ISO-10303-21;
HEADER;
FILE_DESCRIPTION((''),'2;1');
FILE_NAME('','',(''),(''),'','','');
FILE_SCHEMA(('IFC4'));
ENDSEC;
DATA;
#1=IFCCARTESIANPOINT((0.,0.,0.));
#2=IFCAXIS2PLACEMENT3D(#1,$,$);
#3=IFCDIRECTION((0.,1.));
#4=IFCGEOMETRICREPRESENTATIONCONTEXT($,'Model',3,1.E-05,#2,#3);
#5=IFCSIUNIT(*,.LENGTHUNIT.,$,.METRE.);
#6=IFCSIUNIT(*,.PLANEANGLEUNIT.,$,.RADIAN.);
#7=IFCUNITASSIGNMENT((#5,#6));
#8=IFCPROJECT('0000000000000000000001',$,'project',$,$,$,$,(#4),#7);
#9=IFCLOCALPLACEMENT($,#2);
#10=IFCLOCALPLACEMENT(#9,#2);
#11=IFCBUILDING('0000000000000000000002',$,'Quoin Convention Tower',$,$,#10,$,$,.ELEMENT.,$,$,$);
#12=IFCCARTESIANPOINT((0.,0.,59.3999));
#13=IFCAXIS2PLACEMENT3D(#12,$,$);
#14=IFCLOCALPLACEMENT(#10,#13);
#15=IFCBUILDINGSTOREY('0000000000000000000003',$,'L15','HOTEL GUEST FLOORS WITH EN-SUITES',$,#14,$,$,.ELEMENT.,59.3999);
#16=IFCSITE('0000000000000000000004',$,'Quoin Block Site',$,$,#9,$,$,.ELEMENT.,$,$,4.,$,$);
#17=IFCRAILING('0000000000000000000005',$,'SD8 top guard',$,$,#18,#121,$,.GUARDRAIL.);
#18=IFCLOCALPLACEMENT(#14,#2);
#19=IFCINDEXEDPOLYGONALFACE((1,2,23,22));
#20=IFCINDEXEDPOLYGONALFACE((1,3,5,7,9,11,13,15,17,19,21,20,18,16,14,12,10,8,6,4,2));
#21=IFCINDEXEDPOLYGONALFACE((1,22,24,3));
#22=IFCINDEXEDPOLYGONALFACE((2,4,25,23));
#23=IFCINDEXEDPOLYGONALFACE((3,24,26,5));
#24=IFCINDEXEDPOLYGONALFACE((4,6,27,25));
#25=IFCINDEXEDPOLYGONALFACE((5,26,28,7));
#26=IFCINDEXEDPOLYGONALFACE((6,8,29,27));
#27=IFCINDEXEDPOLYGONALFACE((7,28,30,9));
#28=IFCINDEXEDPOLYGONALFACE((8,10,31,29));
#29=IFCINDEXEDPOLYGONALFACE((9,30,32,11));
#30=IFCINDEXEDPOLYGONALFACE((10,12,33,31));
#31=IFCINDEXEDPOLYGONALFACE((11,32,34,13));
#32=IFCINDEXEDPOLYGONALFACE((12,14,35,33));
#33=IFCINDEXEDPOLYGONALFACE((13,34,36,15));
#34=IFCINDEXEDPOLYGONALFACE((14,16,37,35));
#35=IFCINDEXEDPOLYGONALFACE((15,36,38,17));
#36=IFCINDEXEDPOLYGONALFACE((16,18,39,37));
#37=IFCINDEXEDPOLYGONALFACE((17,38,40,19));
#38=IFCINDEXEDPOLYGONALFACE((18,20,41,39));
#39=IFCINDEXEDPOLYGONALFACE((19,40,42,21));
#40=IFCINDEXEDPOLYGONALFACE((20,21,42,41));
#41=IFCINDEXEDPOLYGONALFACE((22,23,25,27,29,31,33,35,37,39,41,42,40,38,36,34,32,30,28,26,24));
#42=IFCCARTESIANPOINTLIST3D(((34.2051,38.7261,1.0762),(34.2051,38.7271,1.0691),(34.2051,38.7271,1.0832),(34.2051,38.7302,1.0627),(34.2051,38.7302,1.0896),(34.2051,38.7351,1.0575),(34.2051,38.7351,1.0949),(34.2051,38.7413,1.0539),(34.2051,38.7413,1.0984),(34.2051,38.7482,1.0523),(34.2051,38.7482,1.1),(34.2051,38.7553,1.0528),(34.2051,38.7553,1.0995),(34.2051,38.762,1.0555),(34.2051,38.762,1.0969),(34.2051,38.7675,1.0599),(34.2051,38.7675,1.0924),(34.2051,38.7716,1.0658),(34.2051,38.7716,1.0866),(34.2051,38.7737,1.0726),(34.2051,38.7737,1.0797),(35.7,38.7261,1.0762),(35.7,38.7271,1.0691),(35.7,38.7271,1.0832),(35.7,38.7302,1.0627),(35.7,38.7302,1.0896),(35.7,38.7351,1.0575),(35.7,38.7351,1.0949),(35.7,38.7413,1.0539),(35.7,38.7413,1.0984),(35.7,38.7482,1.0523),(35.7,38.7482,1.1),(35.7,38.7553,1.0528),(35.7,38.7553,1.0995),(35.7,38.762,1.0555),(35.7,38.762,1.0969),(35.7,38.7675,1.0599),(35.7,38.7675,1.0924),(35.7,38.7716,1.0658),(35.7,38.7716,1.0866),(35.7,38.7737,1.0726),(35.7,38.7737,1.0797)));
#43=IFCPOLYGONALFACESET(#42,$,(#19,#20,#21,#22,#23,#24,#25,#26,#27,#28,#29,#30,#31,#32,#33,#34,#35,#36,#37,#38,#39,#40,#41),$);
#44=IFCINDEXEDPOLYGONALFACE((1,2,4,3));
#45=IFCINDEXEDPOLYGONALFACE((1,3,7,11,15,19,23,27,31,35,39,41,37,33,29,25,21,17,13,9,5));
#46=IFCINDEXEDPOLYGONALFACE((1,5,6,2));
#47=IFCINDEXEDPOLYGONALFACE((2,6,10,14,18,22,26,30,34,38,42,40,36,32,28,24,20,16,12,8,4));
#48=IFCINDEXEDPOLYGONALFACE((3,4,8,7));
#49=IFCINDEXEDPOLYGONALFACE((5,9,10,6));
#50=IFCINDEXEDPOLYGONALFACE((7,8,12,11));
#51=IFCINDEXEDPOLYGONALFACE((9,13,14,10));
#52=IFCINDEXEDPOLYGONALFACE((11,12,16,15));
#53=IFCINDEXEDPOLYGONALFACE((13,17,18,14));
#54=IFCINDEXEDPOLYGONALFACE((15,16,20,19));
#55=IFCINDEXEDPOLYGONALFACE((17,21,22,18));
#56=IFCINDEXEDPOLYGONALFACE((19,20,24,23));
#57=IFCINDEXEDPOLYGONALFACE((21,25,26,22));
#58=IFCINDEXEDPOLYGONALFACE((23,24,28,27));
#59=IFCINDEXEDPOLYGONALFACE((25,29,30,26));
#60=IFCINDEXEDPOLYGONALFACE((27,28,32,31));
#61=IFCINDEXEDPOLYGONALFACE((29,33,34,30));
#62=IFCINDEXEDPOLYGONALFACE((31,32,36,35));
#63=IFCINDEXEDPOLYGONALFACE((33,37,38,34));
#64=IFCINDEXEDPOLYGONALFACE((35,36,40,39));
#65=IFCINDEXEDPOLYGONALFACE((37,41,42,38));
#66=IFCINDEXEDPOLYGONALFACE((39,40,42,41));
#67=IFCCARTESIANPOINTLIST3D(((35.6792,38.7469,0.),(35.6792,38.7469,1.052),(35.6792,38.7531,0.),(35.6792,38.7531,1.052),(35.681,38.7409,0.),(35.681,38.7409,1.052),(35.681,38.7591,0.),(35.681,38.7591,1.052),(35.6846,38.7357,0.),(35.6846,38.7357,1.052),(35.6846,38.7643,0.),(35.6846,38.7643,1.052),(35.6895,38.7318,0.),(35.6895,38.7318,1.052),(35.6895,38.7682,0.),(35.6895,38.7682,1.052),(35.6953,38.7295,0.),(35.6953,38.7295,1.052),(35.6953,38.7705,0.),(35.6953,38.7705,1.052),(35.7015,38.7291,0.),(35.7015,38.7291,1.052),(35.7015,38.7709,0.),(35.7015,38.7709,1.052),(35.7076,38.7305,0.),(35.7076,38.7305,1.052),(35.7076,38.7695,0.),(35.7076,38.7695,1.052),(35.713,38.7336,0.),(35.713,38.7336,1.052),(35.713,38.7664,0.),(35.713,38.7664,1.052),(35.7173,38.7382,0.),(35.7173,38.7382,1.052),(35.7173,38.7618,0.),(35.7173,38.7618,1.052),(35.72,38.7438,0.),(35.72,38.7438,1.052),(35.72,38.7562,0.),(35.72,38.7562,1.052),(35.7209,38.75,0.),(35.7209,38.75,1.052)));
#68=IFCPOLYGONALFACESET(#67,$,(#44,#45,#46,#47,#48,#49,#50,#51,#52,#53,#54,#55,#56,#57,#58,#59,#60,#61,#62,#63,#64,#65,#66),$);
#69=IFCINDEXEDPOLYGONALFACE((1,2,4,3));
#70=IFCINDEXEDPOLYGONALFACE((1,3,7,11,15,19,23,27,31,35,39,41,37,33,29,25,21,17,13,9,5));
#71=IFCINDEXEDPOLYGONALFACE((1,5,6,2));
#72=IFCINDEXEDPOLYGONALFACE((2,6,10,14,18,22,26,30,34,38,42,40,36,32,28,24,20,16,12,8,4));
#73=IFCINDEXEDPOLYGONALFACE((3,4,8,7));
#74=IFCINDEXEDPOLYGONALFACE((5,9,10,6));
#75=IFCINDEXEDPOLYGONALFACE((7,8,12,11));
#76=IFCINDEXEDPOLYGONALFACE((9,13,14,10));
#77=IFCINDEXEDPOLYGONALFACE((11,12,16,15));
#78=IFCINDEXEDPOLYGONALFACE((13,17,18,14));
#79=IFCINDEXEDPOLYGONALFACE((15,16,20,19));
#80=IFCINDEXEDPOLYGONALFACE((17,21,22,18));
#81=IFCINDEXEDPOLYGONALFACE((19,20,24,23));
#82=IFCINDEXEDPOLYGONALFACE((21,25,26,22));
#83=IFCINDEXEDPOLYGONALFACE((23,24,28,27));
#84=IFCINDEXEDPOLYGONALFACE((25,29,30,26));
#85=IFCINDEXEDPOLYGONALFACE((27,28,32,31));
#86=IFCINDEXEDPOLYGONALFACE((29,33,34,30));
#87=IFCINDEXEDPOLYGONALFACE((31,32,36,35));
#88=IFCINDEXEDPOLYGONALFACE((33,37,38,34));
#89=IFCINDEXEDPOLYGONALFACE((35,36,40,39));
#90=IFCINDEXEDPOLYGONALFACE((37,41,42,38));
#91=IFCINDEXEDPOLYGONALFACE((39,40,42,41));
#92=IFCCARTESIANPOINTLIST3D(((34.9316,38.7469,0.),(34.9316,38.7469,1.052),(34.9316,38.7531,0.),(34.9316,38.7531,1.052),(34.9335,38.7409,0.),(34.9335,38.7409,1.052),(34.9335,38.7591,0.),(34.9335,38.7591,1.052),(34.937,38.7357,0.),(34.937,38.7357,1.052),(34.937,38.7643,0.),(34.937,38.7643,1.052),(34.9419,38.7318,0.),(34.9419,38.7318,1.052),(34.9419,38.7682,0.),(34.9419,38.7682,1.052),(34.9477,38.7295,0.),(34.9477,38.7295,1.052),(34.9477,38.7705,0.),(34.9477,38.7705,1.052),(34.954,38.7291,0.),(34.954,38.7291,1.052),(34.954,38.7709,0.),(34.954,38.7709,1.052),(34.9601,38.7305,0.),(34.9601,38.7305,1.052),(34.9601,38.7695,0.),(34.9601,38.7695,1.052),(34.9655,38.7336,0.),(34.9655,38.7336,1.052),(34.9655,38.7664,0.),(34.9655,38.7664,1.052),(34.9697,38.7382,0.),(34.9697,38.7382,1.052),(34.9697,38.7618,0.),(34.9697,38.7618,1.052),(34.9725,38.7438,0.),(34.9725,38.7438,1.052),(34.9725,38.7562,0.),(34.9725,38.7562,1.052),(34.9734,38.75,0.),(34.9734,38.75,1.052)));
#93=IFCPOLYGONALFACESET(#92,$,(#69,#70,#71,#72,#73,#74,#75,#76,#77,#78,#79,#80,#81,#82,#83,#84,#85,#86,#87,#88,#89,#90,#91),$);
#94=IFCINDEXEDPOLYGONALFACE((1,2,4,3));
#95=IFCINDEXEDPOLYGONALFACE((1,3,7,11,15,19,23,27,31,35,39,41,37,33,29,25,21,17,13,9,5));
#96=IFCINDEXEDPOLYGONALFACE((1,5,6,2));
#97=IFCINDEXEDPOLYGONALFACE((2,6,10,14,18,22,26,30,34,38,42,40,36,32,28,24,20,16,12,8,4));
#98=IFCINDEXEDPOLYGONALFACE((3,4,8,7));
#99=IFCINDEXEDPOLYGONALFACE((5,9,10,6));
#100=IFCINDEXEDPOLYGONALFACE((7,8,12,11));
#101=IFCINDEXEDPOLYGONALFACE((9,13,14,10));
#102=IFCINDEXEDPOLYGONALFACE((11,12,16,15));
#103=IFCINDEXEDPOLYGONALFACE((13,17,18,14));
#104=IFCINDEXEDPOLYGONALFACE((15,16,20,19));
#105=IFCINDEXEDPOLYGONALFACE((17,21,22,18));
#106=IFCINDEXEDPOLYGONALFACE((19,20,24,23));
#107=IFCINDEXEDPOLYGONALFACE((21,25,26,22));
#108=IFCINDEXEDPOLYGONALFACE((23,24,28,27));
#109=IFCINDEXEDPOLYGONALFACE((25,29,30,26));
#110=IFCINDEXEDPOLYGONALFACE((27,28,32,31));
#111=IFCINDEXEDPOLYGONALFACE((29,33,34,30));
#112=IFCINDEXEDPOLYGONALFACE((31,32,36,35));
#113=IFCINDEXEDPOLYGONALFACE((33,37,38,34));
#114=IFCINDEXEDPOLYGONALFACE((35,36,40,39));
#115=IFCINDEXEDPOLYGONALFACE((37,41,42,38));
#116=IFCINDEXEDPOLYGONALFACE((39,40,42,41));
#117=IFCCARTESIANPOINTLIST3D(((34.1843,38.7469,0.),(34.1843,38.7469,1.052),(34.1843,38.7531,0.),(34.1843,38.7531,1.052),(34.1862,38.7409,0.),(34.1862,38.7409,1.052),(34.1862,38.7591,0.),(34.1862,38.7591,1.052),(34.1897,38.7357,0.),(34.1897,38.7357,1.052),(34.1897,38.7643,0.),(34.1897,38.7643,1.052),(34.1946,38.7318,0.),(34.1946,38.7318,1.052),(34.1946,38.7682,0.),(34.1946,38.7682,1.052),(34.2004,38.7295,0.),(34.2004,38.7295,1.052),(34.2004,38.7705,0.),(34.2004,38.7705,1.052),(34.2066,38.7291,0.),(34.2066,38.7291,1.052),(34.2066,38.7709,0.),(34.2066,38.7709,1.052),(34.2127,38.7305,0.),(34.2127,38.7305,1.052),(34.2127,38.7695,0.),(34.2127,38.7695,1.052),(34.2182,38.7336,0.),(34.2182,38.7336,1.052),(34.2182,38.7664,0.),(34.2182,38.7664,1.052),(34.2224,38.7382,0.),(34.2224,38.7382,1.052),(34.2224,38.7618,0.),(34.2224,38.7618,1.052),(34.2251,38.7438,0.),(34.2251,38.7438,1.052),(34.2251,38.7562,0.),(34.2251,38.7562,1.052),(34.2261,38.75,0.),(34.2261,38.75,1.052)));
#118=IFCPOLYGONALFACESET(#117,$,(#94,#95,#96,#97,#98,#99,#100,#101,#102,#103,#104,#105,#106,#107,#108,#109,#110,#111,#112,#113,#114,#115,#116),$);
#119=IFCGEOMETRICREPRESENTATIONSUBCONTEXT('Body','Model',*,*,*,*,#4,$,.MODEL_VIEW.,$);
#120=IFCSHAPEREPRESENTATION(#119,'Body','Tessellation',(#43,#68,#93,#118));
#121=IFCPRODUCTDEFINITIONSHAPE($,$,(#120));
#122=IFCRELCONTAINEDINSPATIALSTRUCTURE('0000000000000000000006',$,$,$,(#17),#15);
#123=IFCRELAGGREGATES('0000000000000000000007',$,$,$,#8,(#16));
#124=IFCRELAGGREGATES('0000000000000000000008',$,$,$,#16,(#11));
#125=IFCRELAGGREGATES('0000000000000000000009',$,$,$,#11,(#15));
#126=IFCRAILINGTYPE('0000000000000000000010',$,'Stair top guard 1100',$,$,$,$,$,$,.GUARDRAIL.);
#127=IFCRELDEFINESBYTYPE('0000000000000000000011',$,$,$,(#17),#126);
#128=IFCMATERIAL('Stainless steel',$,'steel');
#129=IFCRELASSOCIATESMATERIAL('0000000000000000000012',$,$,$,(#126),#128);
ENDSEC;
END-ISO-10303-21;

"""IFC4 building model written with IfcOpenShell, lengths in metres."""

from ifc_helpers import new_model, si_unit, direction, frame, origin, origin_2d, place, context, subcontext, project, spatial, circle, extrude, material, type_object, element, save


model = new_model("IFC4")

# Units and contexts
model_context = context("Model", 3, precision=1e-05, world=origin(), true_north=direction((0.0, 1.0)))
body_context = subcontext(model_context, "Body", "Model", "MODEL_VIEW")
ifc_project = project(units=[si_unit("LENGTHUNIT", "METRE"), si_unit("PLANEANGLEUNIT", "RADIAN")], contexts=[model_context])

# Site, building, storey
site_placement = place(None, origin())
site = spatial("IfcSite", under=ifc_project, at=site_placement, Name="Quoin Block Site", CompositionType="ELEMENT", RefElevation=4.0)
building_placement = place(site_placement, origin())
building = spatial("IfcBuilding", under=site, at=building_placement, Name="Quoin Convention Tower", CompositionType="ELEMENT")
storey_placement = place(building_placement, frame((0.0, 0.0, 59.3999)))
storey = spatial("IfcBuildingStorey", under=building, at=storey_placement, Name="L15", Description="HOTEL GUEST FLOORS WITH EN-SUITES", CompositionType="ELEMENT", Elevation=59.3999)

# Railing
ifc_material_1 = material(Name="Stainless steel", Category="steel")
railing_type_1 = type_object("IfcRailingType", Name="Stair top guard 1100", PredefinedType="GUARDRAIL", material=ifc_material_1)
railing_1_placement = place(storey_placement, frame((35.7, 38.75, 0.0)))
element("IfcRailing", 1, at=railing_1_placement, inside=storey, type_object=railing_type_1, Name="SD8 top guard", PredefinedType="GUARDRAIL", context=body_context, shape_type="SweptSolid", body=[
    extrude(circle(Radius=0.0239, at=origin_2d()), frame((0.0, 0.0, 1.0762), z_axis=(-1.0, 0.0, 0.0), x_axis=(0.0, -1.0, 0.0)), (0.0, 0.0, 1.0), 1.4949),
    extrude(circle(Radius=0.021, at=origin_2d()), origin(), (0.0, 0.0, 1.0), 1.052),
    extrude(circle(Radius=0.021, at=origin_2d()), frame((-0.7476, 0.0, 0.0)), (0.0, 0.0, 1.0), 1.052),
    extrude(circle(Radius=0.021, at=origin_2d()), frame((-1.4949, 0.0, 0.0)), (0.0, 0.0, 1.0), 1.052),
])

save(model, "model.ifc")
